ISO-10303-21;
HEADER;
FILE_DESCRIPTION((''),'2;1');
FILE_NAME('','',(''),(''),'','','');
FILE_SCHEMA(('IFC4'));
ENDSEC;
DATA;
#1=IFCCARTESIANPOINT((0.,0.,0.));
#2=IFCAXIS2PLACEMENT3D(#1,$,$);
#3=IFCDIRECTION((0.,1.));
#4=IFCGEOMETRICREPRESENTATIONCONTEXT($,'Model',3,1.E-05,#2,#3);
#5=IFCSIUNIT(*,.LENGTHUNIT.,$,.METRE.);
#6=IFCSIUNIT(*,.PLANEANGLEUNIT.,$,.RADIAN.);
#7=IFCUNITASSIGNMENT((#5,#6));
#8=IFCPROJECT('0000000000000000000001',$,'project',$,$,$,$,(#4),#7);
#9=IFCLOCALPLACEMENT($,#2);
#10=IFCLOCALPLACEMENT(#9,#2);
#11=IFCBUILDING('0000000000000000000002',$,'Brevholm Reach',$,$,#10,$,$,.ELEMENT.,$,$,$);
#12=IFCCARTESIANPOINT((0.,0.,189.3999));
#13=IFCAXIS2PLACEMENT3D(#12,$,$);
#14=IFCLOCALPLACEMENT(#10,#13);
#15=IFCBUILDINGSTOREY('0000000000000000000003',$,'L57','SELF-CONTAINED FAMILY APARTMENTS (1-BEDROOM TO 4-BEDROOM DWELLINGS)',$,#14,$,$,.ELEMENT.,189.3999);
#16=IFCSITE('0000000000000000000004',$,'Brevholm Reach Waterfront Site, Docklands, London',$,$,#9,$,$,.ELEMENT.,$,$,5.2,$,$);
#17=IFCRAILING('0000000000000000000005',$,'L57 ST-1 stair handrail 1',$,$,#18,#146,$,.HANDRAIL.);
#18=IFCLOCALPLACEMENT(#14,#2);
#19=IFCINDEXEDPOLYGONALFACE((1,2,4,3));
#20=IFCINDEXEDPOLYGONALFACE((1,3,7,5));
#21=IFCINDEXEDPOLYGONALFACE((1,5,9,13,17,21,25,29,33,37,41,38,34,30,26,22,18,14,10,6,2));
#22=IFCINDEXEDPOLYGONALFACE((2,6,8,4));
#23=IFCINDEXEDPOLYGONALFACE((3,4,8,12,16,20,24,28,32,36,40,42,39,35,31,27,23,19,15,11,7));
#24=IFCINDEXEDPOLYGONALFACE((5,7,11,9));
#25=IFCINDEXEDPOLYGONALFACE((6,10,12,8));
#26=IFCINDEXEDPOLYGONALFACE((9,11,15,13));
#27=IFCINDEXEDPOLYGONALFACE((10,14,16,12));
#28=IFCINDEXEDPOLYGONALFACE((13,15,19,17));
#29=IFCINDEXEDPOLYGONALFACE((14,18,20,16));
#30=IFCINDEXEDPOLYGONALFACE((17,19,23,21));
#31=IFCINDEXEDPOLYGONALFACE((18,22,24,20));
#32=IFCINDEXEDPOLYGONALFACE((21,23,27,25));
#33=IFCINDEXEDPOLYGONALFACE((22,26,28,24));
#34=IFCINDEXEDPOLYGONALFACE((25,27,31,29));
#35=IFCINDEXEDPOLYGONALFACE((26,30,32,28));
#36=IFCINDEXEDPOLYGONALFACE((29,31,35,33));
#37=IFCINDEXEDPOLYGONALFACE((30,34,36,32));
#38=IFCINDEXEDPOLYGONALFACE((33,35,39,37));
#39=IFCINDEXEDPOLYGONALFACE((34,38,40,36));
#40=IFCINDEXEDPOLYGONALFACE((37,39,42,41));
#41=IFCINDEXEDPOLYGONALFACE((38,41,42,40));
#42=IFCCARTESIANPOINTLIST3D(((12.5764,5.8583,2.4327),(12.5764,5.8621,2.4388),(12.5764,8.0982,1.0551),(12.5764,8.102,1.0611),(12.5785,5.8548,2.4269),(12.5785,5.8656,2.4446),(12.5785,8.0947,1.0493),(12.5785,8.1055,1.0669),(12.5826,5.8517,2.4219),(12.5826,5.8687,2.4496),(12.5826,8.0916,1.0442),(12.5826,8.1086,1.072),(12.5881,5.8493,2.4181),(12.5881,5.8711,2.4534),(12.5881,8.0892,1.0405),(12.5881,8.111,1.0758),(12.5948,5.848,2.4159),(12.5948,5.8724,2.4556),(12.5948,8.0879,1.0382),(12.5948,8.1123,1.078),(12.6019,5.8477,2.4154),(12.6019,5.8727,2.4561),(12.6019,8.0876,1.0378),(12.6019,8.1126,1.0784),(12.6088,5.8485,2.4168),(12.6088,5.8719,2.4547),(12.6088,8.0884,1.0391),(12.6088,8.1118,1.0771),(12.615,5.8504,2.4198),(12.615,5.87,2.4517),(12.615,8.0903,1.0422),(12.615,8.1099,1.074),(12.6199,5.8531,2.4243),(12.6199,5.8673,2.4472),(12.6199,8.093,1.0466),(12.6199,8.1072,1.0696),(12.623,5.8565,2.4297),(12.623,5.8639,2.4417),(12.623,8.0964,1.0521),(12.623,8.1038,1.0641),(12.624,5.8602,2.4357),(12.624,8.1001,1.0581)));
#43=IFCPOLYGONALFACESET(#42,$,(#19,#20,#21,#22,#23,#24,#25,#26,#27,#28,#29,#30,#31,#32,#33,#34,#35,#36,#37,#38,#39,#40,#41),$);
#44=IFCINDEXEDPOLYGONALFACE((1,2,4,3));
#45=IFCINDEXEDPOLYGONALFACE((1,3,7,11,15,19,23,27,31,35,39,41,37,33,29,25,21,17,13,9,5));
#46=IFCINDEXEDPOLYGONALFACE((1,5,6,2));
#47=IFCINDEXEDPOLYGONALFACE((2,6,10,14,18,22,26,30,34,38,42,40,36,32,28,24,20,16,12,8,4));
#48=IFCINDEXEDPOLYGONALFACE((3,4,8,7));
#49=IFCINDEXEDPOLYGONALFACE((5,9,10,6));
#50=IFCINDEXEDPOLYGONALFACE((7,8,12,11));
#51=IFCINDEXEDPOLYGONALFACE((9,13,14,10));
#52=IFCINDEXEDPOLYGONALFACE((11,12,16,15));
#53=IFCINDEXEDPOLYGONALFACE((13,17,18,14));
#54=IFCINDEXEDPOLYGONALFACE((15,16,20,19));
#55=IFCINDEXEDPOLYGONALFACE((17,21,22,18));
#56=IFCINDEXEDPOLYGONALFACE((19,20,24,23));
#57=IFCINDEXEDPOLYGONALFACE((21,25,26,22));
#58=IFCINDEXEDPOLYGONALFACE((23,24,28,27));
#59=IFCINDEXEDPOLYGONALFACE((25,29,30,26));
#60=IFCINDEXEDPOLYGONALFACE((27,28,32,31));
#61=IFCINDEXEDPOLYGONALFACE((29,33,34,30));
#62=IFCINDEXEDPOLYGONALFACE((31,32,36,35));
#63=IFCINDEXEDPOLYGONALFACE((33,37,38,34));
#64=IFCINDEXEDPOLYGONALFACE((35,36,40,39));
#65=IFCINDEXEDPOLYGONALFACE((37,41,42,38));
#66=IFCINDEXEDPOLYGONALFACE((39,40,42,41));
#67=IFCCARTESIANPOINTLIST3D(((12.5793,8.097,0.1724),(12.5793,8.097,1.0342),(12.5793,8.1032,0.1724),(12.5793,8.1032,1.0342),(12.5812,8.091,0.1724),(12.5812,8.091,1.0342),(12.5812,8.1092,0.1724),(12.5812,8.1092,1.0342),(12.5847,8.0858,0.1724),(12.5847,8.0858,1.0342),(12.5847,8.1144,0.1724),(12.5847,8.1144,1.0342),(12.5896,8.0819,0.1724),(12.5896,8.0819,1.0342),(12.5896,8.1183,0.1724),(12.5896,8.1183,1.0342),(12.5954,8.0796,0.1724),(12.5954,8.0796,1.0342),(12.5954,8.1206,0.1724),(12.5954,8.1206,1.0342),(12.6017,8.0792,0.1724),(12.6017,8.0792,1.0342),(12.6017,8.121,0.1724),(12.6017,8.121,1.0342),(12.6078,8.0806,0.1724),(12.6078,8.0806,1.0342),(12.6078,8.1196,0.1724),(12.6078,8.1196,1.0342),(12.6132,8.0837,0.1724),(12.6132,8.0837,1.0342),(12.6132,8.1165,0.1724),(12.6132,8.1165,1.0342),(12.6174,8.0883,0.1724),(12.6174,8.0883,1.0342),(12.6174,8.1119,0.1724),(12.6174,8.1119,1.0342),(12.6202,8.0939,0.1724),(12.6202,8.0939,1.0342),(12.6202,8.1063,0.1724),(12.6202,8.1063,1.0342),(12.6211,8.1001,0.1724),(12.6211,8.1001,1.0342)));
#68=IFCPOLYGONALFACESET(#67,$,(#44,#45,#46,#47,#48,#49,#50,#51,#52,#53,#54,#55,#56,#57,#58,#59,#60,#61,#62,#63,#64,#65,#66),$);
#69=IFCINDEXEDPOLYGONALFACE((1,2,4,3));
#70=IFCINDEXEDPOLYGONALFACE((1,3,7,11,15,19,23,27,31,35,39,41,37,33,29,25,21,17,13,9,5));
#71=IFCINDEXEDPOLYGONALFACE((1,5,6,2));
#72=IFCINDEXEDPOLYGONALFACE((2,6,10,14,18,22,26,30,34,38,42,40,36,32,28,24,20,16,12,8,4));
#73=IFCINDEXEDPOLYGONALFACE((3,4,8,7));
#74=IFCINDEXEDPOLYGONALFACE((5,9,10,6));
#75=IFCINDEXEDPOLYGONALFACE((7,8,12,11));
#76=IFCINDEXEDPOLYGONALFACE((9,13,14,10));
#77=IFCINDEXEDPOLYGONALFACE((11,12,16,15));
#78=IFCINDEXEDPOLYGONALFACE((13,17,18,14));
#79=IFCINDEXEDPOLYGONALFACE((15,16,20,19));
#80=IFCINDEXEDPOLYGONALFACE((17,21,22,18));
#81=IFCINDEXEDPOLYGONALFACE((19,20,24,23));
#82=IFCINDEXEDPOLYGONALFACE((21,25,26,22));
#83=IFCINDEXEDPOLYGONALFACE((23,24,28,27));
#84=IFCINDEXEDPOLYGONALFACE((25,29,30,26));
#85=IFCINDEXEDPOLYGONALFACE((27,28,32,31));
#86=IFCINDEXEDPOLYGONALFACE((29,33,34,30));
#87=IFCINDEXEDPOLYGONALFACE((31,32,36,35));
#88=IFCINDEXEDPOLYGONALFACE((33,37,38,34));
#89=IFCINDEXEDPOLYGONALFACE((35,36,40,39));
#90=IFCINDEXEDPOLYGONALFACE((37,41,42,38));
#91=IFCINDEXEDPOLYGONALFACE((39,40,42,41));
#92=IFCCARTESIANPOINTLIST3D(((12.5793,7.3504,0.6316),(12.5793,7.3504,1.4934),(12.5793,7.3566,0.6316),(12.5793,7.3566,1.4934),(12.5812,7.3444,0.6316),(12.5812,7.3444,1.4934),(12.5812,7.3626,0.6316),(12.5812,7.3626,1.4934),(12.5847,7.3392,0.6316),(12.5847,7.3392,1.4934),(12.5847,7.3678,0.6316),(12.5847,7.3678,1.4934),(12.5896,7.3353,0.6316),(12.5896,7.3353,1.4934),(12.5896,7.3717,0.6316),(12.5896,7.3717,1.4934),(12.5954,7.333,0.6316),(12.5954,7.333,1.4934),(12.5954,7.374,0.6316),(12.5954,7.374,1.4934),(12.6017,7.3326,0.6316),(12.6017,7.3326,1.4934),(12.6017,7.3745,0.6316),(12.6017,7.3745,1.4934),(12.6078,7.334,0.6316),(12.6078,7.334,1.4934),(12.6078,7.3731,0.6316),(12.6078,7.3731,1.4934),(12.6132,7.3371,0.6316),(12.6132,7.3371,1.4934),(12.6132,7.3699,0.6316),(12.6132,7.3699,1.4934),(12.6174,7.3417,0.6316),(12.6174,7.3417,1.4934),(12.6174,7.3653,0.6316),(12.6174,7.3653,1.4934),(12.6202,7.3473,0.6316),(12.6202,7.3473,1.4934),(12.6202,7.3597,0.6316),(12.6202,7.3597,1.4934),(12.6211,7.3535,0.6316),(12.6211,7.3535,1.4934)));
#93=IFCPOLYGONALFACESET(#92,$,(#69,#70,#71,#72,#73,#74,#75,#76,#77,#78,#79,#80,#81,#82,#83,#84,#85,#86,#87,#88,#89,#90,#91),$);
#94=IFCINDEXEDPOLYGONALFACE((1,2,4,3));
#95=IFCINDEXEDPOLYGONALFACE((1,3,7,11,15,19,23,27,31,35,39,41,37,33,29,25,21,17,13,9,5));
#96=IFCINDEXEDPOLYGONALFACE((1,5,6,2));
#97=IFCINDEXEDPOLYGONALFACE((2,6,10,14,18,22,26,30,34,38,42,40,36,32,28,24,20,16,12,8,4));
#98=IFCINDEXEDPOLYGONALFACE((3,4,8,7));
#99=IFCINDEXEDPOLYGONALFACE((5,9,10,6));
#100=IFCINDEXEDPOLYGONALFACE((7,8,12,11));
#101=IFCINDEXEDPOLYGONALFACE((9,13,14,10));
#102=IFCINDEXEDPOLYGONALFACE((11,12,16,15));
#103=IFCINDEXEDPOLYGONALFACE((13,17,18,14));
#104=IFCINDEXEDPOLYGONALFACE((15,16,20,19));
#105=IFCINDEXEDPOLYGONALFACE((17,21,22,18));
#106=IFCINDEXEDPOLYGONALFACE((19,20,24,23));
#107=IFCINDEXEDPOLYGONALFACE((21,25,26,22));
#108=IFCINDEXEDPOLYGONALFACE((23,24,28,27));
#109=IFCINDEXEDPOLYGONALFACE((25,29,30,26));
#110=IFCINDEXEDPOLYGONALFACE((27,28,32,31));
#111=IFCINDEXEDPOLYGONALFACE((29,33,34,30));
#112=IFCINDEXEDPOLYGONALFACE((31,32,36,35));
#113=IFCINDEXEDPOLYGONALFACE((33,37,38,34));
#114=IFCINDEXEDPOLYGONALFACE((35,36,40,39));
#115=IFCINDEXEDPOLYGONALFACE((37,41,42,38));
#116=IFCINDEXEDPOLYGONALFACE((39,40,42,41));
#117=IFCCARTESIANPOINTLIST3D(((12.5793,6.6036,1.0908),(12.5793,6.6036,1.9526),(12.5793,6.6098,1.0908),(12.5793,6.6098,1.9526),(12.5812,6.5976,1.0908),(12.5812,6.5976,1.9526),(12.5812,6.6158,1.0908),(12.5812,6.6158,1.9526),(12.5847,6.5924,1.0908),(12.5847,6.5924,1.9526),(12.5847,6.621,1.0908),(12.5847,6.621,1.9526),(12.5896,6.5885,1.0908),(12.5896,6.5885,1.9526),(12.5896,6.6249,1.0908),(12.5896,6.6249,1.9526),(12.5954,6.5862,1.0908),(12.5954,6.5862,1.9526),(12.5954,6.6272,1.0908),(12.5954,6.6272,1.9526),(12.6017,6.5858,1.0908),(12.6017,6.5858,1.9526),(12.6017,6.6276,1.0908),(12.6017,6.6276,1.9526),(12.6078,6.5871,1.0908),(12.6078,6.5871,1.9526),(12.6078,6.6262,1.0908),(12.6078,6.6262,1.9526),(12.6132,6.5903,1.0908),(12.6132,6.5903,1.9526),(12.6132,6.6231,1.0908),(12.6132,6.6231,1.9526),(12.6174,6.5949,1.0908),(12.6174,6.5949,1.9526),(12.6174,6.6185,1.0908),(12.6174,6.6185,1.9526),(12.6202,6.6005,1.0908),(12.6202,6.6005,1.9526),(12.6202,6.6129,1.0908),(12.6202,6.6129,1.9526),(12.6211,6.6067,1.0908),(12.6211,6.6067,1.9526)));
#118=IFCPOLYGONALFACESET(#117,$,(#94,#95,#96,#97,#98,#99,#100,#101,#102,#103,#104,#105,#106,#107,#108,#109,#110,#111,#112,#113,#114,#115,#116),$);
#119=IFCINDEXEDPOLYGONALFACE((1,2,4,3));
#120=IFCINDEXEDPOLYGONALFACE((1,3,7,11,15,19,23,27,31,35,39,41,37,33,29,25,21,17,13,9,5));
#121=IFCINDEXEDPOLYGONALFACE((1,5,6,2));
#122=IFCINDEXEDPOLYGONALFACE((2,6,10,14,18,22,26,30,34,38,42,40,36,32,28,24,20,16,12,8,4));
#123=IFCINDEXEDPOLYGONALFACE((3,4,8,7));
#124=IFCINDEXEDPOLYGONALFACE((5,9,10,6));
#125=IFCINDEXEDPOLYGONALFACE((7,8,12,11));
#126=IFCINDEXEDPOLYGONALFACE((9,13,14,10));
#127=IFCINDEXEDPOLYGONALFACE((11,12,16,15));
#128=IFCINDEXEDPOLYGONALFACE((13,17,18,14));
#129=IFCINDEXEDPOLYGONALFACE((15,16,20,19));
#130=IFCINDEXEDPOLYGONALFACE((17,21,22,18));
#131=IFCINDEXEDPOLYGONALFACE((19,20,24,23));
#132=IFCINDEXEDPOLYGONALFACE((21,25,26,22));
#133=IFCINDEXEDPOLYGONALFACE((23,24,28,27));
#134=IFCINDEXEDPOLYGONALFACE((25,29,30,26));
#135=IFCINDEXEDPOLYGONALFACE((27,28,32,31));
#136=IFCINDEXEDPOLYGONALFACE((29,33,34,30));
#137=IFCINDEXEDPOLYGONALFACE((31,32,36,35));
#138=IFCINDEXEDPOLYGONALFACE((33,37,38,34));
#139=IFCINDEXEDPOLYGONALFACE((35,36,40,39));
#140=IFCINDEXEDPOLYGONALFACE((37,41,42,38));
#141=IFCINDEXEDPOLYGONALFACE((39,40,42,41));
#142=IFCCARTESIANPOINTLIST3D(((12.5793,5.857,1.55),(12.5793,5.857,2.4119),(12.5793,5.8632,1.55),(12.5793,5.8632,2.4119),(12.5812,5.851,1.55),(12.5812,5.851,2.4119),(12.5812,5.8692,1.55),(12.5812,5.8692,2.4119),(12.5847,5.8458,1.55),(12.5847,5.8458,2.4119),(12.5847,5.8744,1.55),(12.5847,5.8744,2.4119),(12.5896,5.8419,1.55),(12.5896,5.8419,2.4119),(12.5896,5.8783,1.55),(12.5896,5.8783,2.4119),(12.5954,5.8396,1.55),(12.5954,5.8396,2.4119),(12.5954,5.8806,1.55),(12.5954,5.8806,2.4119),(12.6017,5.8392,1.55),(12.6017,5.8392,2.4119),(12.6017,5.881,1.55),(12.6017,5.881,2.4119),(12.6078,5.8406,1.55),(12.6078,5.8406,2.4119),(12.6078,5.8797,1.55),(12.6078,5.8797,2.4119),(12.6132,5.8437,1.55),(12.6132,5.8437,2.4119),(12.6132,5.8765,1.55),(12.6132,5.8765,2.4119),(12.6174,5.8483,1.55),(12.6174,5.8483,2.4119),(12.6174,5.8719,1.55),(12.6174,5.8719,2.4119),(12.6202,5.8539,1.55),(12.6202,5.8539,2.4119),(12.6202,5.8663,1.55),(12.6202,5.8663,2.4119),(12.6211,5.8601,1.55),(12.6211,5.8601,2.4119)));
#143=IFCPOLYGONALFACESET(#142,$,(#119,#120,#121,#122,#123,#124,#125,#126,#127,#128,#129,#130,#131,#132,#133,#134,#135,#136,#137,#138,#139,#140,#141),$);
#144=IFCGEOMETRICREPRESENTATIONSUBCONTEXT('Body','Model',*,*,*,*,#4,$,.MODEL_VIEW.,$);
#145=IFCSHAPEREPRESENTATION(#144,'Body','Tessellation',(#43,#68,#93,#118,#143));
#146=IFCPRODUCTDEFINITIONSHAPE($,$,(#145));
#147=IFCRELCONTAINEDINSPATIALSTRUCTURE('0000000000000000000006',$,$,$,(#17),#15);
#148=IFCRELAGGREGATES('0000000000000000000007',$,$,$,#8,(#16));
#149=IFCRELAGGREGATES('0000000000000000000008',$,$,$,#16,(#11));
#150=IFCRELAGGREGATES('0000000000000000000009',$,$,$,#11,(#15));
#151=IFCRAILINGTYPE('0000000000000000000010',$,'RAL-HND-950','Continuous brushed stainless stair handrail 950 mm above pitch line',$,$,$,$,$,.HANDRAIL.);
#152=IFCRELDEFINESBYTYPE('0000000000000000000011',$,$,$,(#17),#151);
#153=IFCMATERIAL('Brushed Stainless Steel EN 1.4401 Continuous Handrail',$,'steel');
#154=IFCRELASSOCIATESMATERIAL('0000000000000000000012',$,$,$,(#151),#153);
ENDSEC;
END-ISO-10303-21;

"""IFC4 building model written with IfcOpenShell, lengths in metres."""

from ifc_helpers import new_model, si_unit, direction, frame, origin, origin_2d, place, context, subcontext, project, spatial, circle, extrude, material, type_object, element, save


model = new_model("IFC4")

# Units and contexts
model_context = context("Model", 3, precision=1e-05, world=origin(), true_north=direction((0.0, 1.0)))
body_context = subcontext(model_context, "Body", "Model", "MODEL_VIEW")
ifc_project = project(units=[si_unit("LENGTHUNIT", "METRE"), si_unit("PLANEANGLEUNIT", "RADIAN")], contexts=[model_context])

# Site, building, storey
site_placement = place(None, origin())
site = spatial("IfcSite", under=ifc_project, at=site_placement, Name="Brevholm Reach Waterfront Site, Docklands, London", CompositionType="ELEMENT", RefElevation=5.2)
building_placement = place(site_placement, origin())
building = spatial("IfcBuilding", under=site, at=building_placement, Name="Brevholm Reach", CompositionType="ELEMENT")
storey_placement = place(building_placement, frame((0.0, 0.0, 189.3999)))
storey = spatial("IfcBuildingStorey", under=building, at=storey_placement, Name="L57", Description="SELF-CONTAINED FAMILY APARTMENTS (1-BEDROOM TO 4-BEDROOM DWELLINGS)", CompositionType="ELEMENT", Elevation=189.3999)

# Railing
ifc_material_1 = material(Name="Brushed Stainless Steel EN 1.4401 Continuous Handrail", Category="steel")
railing_type_1 = type_object("IfcRailingType", Name="RAL-HND-950", Description="Continuous brushed stainless stair handrail 950 mm above pitch line", PredefinedType="HANDRAIL", material=ifc_material_1)
railing_1_placement = place(storey_placement, frame((12.6001, 8.1001, 0.1724)))
element("IfcRailing", 1, at=railing_1_placement, inside=storey, type_object=railing_type_1, Name="L57 ST-1 stair handrail 1", PredefinedType="HANDRAIL", context=body_context, shape_type="SweptSolid", body=[
    extrude(circle(Radius=0.0239, at=origin_2d()), frame((0.0, 0.0, 0.8857), z_axis=(0.0, -0.851789, 0.523885), x_axis=(1.0, 0.0, 0.0)), (0.0, 0.0, 1.0), 2.6296),
    extrude(circle(Radius=0.021, at=origin_2d()), origin(), (0.0, 0.0, 1.0), 0.8618),
    extrude(circle(Radius=0.021, at=origin_2d()), frame((0.0, -0.7466, 0.4592)), (0.0, 0.0, 1.0), 0.8618),
    extrude(circle(Radius=0.021, at=origin_2d()), frame((0.0, -1.4934, 0.9185)), (0.0, 0.0, 1.0), 0.8618),
    extrude(circle(Radius=0.021, at=origin_2d()), frame((0.0, -2.24, 1.3777)), (0.0, 0.0, 1.0), 0.8618),
])

save(model, "model.ifc")
